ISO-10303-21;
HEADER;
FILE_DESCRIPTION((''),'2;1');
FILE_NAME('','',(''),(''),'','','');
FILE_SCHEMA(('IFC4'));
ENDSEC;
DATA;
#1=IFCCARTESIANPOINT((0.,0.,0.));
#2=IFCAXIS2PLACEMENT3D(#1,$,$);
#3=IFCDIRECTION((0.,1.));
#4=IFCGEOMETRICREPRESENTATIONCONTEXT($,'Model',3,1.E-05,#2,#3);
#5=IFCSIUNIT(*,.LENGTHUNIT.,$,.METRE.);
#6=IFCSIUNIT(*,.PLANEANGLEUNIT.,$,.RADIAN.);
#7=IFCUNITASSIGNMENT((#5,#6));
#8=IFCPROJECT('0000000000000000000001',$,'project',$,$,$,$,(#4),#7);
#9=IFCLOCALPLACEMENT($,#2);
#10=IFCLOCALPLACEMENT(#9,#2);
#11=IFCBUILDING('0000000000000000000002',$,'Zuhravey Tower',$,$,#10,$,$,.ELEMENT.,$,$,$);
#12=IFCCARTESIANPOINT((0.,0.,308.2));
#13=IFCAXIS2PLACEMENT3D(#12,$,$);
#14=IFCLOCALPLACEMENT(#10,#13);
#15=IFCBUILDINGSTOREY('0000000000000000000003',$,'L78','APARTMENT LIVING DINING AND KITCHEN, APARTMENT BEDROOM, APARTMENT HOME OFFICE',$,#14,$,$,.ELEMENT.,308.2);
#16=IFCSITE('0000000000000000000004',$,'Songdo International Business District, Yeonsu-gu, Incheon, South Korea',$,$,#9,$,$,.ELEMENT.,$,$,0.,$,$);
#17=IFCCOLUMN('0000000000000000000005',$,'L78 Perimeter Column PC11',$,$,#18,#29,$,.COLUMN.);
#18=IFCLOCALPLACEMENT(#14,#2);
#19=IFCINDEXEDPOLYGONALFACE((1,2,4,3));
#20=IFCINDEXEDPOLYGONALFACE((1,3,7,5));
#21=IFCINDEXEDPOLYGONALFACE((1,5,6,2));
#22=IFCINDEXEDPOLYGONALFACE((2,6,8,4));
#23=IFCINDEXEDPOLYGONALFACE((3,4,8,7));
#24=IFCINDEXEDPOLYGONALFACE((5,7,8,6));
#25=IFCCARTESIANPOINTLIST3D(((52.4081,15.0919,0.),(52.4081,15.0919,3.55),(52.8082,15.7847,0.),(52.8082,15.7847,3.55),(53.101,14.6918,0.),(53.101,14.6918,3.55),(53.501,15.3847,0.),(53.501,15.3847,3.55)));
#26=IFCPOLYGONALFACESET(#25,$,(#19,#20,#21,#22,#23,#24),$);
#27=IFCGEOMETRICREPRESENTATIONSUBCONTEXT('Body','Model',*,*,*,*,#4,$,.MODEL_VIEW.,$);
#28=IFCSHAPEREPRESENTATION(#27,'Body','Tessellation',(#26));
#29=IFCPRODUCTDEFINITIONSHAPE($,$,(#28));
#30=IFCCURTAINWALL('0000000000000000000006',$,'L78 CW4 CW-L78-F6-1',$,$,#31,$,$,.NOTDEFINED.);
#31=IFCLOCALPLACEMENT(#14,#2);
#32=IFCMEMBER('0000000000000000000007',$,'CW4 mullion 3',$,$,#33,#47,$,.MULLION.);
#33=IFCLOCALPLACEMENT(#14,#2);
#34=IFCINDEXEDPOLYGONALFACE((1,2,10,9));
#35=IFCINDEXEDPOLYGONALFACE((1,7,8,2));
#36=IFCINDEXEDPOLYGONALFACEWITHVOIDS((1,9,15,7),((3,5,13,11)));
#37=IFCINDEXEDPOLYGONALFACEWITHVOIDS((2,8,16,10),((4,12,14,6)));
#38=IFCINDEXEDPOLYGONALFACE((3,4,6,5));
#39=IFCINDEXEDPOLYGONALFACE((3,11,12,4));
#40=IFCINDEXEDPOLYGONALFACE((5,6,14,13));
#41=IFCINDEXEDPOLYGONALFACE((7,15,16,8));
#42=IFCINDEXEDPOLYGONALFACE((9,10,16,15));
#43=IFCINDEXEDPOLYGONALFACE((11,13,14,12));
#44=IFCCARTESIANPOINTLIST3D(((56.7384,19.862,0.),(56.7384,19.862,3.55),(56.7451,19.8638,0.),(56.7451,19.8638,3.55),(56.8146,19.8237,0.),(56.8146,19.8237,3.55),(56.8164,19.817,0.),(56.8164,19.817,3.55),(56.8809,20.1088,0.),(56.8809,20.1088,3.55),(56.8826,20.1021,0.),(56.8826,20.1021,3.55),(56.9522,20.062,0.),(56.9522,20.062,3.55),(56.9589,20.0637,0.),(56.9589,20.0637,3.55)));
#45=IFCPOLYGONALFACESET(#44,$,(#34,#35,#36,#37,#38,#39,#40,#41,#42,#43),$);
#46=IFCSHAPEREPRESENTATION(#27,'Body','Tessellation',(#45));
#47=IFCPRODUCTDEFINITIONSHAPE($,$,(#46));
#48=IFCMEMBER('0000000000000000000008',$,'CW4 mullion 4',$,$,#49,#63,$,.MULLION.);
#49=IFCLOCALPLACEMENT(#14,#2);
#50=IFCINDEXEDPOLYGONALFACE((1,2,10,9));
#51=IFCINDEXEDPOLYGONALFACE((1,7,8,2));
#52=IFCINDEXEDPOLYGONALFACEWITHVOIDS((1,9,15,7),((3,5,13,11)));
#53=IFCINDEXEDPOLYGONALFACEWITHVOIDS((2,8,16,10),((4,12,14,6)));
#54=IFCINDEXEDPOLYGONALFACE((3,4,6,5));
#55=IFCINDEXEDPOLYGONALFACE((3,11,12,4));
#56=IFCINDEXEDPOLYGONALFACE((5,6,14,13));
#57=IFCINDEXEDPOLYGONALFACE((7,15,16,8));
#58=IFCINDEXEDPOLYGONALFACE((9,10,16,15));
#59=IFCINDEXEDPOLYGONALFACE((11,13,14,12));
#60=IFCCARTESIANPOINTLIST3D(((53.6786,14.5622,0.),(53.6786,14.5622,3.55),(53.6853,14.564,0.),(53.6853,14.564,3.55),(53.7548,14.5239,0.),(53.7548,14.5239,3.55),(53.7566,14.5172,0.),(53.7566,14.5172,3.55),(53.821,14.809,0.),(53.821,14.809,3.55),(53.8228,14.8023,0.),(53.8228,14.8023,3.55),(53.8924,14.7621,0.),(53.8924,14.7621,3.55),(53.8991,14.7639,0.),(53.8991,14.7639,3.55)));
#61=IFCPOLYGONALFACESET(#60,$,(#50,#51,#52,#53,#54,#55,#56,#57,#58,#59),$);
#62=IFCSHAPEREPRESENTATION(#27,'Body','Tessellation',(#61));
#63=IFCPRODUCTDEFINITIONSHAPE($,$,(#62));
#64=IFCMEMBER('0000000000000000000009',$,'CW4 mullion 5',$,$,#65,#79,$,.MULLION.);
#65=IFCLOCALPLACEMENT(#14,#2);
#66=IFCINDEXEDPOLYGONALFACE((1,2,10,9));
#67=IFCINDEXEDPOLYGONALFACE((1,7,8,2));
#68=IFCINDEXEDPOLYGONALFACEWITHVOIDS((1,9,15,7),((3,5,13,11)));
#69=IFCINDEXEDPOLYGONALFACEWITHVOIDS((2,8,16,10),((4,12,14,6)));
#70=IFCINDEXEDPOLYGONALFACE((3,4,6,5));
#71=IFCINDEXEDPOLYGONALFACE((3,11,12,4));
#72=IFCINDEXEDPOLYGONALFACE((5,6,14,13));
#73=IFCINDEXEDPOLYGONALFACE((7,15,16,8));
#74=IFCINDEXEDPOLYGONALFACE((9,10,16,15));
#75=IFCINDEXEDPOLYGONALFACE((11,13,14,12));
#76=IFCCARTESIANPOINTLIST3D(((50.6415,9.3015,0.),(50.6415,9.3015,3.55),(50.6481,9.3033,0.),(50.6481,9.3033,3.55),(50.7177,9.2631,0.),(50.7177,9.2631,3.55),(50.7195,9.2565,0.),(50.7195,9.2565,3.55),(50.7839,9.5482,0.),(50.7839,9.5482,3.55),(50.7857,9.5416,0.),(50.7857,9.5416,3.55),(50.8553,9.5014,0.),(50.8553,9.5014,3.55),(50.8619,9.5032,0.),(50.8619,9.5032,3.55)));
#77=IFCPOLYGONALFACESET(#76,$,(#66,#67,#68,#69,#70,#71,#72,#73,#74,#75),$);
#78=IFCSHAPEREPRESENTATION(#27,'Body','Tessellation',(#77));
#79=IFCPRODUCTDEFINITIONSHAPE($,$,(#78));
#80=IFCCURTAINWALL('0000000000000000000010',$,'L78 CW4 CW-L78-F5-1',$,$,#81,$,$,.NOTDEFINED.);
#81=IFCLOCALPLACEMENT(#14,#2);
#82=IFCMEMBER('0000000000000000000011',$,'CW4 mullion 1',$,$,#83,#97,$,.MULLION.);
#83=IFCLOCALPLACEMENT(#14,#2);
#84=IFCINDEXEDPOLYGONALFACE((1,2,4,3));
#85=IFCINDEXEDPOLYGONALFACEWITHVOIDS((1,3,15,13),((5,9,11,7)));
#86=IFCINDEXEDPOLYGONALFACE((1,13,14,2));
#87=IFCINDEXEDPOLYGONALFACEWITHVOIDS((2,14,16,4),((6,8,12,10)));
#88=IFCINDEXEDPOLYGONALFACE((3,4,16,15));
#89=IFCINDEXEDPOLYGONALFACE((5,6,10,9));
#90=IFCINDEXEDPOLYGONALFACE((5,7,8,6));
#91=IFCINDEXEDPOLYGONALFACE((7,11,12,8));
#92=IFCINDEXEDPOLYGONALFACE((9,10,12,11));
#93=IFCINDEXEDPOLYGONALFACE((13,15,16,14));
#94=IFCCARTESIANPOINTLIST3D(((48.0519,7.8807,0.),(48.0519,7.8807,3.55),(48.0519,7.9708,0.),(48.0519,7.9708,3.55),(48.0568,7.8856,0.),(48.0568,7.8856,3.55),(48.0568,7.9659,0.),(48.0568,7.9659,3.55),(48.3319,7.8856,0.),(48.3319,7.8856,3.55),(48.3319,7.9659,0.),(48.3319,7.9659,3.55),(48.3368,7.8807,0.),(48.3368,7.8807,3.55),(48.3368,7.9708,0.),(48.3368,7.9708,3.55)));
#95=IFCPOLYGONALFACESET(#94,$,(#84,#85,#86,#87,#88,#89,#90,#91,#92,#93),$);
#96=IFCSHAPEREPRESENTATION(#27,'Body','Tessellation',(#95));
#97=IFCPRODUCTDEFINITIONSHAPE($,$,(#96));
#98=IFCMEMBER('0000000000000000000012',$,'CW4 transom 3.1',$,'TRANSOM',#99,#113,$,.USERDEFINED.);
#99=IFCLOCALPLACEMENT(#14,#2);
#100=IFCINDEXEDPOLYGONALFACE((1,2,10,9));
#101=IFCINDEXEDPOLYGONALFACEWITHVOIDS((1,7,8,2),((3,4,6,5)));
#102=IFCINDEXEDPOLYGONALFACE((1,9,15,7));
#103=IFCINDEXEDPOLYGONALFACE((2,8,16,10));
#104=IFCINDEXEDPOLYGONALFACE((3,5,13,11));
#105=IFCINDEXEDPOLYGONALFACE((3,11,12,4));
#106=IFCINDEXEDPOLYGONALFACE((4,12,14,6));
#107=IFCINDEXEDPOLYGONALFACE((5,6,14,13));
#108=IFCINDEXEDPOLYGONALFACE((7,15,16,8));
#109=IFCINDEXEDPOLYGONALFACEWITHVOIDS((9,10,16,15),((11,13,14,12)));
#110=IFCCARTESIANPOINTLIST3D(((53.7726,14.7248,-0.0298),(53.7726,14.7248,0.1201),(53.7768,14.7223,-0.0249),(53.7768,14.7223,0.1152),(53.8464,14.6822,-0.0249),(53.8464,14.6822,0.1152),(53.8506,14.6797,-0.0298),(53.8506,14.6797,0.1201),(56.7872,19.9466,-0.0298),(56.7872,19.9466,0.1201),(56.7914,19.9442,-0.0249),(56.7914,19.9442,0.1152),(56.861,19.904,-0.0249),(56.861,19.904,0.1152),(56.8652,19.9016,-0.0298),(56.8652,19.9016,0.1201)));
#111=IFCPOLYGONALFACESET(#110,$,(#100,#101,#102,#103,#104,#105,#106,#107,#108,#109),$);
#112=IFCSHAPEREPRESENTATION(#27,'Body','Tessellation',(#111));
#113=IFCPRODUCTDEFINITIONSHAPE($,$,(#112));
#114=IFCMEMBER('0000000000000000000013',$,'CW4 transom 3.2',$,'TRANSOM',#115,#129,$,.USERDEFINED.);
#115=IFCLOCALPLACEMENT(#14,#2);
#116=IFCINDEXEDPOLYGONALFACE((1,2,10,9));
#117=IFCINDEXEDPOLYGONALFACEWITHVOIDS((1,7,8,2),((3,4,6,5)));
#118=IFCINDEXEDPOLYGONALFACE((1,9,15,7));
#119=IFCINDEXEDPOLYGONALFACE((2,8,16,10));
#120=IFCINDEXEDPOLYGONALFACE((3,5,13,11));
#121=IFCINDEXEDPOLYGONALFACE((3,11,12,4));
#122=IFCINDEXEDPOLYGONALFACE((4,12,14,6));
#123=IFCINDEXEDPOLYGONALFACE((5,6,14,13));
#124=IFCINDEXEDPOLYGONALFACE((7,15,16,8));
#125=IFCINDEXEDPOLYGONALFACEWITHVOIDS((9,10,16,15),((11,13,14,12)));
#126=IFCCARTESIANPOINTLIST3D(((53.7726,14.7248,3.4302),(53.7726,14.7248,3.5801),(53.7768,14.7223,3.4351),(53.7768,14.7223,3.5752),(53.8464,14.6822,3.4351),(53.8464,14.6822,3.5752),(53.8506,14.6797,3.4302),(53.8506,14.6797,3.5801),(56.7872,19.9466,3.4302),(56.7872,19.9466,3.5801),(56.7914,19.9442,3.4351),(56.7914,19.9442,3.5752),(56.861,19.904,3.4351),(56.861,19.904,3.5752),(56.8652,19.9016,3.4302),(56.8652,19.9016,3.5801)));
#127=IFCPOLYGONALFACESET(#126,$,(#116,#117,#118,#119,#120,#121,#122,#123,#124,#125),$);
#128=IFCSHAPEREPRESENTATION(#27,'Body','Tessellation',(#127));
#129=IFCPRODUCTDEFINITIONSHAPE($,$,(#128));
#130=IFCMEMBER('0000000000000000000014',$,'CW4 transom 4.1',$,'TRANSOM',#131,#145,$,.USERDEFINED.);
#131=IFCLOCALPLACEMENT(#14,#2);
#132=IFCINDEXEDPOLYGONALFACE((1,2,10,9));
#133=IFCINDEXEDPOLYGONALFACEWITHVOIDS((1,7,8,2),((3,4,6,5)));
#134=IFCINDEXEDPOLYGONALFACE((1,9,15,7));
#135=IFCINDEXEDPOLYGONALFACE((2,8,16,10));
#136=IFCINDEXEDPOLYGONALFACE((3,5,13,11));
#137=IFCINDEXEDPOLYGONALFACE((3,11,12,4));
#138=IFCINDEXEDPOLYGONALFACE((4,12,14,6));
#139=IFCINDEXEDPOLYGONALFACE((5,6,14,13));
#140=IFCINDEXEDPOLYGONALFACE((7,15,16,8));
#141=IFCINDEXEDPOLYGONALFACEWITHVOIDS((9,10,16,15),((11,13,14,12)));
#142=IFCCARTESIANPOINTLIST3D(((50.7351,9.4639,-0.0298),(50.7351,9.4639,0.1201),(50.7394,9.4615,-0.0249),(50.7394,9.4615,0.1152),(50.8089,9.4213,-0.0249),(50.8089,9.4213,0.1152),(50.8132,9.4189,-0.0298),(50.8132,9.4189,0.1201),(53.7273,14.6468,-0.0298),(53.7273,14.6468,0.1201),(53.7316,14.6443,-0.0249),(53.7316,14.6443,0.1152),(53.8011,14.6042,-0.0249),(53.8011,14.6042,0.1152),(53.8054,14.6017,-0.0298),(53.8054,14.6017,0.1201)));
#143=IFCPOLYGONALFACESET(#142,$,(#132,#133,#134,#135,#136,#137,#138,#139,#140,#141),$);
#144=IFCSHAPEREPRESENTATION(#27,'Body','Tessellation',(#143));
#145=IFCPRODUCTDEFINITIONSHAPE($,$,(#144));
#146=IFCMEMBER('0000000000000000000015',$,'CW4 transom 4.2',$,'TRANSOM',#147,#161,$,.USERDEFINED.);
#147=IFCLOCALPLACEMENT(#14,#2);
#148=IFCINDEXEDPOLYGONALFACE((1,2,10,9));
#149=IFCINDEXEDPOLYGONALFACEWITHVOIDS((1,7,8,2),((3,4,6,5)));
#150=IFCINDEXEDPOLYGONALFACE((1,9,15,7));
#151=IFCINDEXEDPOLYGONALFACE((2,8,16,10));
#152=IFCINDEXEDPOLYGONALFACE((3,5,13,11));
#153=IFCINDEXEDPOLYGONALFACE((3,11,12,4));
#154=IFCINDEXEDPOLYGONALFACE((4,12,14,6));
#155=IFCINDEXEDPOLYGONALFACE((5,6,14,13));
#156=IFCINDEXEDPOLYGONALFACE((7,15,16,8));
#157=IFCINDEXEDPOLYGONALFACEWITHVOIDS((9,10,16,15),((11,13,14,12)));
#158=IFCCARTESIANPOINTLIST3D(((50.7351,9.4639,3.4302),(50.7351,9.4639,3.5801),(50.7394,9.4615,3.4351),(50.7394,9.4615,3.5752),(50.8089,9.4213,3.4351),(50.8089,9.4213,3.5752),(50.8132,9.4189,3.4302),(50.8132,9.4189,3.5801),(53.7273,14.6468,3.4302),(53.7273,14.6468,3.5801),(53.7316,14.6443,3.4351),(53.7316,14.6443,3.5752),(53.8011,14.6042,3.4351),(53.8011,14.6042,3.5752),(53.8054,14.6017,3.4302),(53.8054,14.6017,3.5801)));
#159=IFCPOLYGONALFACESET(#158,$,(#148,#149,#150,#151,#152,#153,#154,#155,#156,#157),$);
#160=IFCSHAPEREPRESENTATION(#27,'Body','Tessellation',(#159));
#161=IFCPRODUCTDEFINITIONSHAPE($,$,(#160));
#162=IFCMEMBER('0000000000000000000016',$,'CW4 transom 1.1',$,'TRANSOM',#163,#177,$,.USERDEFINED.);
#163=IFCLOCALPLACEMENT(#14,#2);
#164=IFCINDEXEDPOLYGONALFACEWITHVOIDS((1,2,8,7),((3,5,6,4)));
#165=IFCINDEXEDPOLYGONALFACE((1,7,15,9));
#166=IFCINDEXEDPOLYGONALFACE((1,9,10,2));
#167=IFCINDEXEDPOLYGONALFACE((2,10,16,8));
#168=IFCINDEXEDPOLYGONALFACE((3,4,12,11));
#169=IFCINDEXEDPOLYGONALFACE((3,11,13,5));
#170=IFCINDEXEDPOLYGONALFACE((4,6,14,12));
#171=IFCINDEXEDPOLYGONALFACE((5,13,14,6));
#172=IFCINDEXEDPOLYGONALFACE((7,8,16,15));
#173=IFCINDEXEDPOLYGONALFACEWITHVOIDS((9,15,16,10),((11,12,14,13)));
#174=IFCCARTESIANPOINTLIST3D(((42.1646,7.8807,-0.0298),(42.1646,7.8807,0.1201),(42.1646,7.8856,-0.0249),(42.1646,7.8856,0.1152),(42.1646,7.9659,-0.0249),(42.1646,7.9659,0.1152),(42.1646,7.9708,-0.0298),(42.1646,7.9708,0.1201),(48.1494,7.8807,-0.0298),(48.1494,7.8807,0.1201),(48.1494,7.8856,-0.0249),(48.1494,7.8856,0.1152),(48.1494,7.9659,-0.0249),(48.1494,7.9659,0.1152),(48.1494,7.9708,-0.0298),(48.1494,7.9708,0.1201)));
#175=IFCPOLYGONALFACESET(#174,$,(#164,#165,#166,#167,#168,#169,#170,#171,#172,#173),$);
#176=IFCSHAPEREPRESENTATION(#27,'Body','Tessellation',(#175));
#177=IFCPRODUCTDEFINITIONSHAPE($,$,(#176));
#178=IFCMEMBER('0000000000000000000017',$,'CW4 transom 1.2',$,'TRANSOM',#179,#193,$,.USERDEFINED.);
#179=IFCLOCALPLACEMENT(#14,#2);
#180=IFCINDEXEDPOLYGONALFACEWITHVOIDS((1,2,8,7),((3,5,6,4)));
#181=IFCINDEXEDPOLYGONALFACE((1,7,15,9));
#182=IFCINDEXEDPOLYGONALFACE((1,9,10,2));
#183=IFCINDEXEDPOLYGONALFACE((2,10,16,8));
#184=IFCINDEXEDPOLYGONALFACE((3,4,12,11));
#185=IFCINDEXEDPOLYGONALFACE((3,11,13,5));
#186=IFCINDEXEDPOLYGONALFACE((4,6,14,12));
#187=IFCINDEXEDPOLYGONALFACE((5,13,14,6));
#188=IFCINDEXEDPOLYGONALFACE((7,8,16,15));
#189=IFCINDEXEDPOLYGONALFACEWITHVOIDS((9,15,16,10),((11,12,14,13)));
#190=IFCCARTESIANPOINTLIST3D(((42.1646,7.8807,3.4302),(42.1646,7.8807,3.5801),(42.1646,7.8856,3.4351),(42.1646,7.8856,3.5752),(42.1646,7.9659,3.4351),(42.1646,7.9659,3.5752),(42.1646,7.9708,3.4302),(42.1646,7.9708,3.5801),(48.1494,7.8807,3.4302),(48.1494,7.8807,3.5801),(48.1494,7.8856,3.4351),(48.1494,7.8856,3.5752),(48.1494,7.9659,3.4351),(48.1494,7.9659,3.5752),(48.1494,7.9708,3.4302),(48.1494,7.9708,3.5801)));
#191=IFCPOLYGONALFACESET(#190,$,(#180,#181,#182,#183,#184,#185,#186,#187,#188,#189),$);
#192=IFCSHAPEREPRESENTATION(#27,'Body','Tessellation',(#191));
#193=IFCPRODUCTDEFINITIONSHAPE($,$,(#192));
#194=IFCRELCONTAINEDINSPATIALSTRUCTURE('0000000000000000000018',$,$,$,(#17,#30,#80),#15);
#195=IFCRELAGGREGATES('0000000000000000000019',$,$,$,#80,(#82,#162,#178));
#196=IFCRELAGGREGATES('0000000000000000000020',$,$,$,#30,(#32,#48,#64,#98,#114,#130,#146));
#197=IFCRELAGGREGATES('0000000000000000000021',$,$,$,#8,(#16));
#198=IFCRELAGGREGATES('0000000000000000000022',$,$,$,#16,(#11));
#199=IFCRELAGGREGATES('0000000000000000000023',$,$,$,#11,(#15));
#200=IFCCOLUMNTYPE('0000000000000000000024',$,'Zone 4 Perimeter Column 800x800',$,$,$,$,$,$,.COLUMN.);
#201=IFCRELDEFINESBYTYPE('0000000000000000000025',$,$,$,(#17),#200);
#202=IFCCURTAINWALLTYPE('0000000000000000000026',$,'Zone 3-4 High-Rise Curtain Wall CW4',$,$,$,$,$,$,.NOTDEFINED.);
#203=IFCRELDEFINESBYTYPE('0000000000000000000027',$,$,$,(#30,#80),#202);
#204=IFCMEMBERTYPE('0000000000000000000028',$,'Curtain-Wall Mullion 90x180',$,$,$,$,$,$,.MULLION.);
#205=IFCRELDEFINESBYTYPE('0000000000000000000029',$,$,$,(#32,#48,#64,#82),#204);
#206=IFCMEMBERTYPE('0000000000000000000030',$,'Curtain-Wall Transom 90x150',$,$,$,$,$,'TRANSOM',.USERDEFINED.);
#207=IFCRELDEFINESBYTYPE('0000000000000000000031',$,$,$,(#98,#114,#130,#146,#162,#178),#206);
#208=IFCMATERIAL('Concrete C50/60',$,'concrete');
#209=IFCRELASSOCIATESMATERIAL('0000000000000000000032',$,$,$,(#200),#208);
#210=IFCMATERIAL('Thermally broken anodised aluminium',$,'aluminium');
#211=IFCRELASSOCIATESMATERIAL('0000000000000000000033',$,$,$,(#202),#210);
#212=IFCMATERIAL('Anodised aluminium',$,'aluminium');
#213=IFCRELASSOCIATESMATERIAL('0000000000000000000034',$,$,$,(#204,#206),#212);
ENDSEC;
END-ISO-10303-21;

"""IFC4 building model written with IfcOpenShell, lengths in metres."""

from ifc_helpers import new_model, si_unit, direction, frame, origin, origin_2d, place, context, subcontext, project, spatial, rectangle, hollow_rectangle, extrude, material, material_profile, profile_set, type_object, element, aggregate, save


model = new_model("IFC4")

# Units and contexts
model_context = context("Model", 3, precision=1e-05, world=origin(), true_north=direction((0.0, 1.0)))
body_context = subcontext(model_context, "Body", "Model", "MODEL_VIEW")
ifc_project = project(units=[si_unit("LENGTHUNIT", "METRE"), si_unit("PLANEANGLEUNIT", "RADIAN")], contexts=[model_context])

# Site, building, storey
site_placement = place(None, origin())
site = spatial("IfcSite", under=ifc_project, at=site_placement, Name="Songdo International Business District, Yeonsu-gu, Incheon, South Korea", CompositionType="ELEMENT", RefElevation=0.0)
building_placement = place(site_placement, origin())
building = spatial("IfcBuilding", under=site, at=building_placement, Name="Zuhravey Tower", CompositionType="ELEMENT")
storey_placement = place(building_placement, frame((0.0, 0.0, 308.2)))
storey = spatial("IfcBuildingStorey", under=building, at=storey_placement, Name="L78", Description="APARTMENT LIVING DINING AND KITCHEN, APARTMENT BEDROOM, APARTMENT HOME OFFICE", CompositionType="ELEMENT", Elevation=308.2)

# Column
ifc_material_1 = material(Name="Concrete C50/60", Category="concrete")
ifc_material_profile_1 = material_profile(ifc_material_1, rectangle(XDim=0.8, YDim=0.8, at=origin_2d()), Name="RC-800x800")
ifc_profile_set_1 = profile_set([ifc_material_profile_1], Name="Concrete C50/60")
column_type = type_object("IfcColumnType", Name="Zone 4 Perimeter Column 800x800", PredefinedType="COLUMN", material=ifc_profile_set_1)
column_placement = place(storey_placement, frame((52.9546, 15.2383, 0.0), z_axis=(0.0, 0.0, 1.0), x_axis=(0.5, 0.866025, 0.0)))
element("IfcColumn", 1, at=column_placement, inside=storey, type_object=column_type, Name="L78 Perimeter Column PC11", PredefinedType="COLUMN", context=body_context, shape_type="SweptSolid", body=[
    extrude(rectangle(XDim=0.8, YDim=0.8, at=origin_2d()), origin(), (0.0, 0.0, 1.0), 3.55),
])

# Curtain wall, members
ifc_material_2 = material(Name="Thermally broken anodised aluminium", Category="aluminium")
curtain_wall_type = type_object("IfcCurtainWallType", Name="Zone 3-4 High-Rise Curtain Wall CW4", PredefinedType="NOTDEFINED", material=ifc_material_2)
curtain_wall_1_placement = place(storey_placement, origin())
curtain_wall_1 = element("IfcCurtainWall", 2, at=curtain_wall_1_placement, inside=storey, type_object=curtain_wall_type, Name="L78 CW4 CW-L78-F6-1", PredefinedType="NOTDEFINED")
ifc_material_3 = material(Name="Anodised aluminium", Category="aluminium")
ifc_material_profile_2 = material_profile(ifc_material_3, hollow_rectangle(XDim=0.0901, YDim=0.2849, WallThickness=0.0049, at=origin_2d()), Name="ALU-RHS-90x285x5")
ifc_profile_set_2 = profile_set([ifc_material_profile_2], Name="Anodised aluminium")
member_type_1 = type_object("IfcMemberType", Name="Curtain-Wall Mullion 90x180", PredefinedType="MULLION", material=ifc_profile_set_2)
member_1_placement = place(storey_placement, frame((56.8486, 19.9629, 0.0), z_axis=(0.0, 0.0, 1.0), x_axis=(0.866026, -0.5, 0.0)))
member_1 = element("IfcMember", 3, at=member_1_placement, type_object=member_type_1, Name="CW4 mullion 3", PredefinedType="MULLION", context=body_context, shape_type="SweptSolid", body=[
    extrude(hollow_rectangle(XDim=0.0901, YDim=0.2849, WallThickness=0.0049, at=origin_2d()), origin(), (0.0, 0.0, 1.0), 3.55),
])
member_2_placement = place(storey_placement, frame((53.7888, 14.6631, 0.0), z_axis=(0.0, 0.0, 1.0), x_axis=(0.866026, -0.5, 0.0)))
member_2 = element("IfcMember", 4, at=member_2_placement, type_object=member_type_1, Name="CW4 mullion 4", PredefinedType="MULLION", context=body_context, shape_type="SweptSolid", body=[
    extrude(hollow_rectangle(XDim=0.0901, YDim=0.2849, WallThickness=0.0049, at=origin_2d()), origin(), (0.0, 0.0, 1.0), 3.55),
])
member_3_placement = place(storey_placement, frame((50.7517, 9.4023, 0.0), z_axis=(0.0, 0.0, 1.0), x_axis=(0.866026, -0.5, 0.0)))
member_3 = element("IfcMember", 5, at=member_3_placement, type_object=member_type_1, Name="CW4 mullion 5", PredefinedType="MULLION", context=body_context, shape_type="SweptSolid", body=[
    extrude(hollow_rectangle(XDim=0.0901, YDim=0.2849, WallThickness=0.0049, at=origin_2d()), origin(), (0.0, 0.0, 1.0), 3.55),
])

# Curtain wall, member
curtain_wall_2_placement = place(storey_placement, origin())
curtain_wall_2 = element("IfcCurtainWall", 6, at=curtain_wall_2_placement, inside=storey, type_object=curtain_wall_type, Name="L78 CW4 CW-L78-F5-1", PredefinedType="NOTDEFINED")
member_4_placement = place(storey_placement, frame((48.1943, 7.9258, 0.0), z_axis=(0.0, 0.0, 1.0), x_axis=(0.0, -1.0, 0.0)))
member_4 = element("IfcMember", 7, at=member_4_placement, type_object=member_type_1, Name="CW4 mullion 1", PredefinedType="MULLION", context=body_context, shape_type="SweptSolid", body=[
    extrude(hollow_rectangle(XDim=0.0901, YDim=0.2849, WallThickness=0.0049, at=origin_2d()), origin(), (0.0, 0.0, 1.0), 3.55),
])

# Members
ifc_material_profile_3 = material_profile(ifc_material_3, hollow_rectangle(XDim=0.0901, YDim=0.1499, WallThickness=0.0049, at=origin_2d()), Name="ALU-RHS-90x150x5")
ifc_profile_set_3 = profile_set([ifc_material_profile_3], Name="Anodised aluminium")
member_type_2 = type_object("IfcMemberType", Name="Curtain-Wall Transom 90x150", ElementType="TRANSOM", PredefinedType="USERDEFINED", material=ifc_profile_set_3)
member_5_placement = place(storey_placement, frame((56.8262, 19.9241, 0.0452), z_axis=(-0.499971, -0.866042, 0.0), x_axis=(0.866042, -0.499971, 0.0)))
member_5 = element("IfcMember", 8, at=member_5_placement, type_object=member_type_2, Name="CW4 transom 3.1", ObjectType="TRANSOM", PredefinedType="USERDEFINED", context=body_context, shape_type="SweptSolid", body=[
    extrude(hollow_rectangle(XDim=0.0901, YDim=0.1499, WallThickness=0.0049, at=origin_2d()), origin(), (0.0, 0.0, 1.0), 6.0295),
])
member_6_placement = place(storey_placement, frame((56.8262, 19.9241, 3.5051), z_axis=(-0.499971, -0.866042, 0.0), x_axis=(0.866042, -0.499971, 0.0)))
member_6 = element("IfcMember", 9, at=member_6_placement, type_object=member_type_2, Name="CW4 transom 3.2", ObjectType="TRANSOM", PredefinedType="USERDEFINED", context=body_context, shape_type="SweptSolid", body=[
    extrude(hollow_rectangle(XDim=0.0901, YDim=0.1499, WallThickness=0.0049, at=origin_2d()), origin(), (0.0, 0.0, 1.0), 6.0295),
])
member_7_placement = place(storey_placement, frame((53.7664, 14.6243, 0.0452), z_axis=(-0.499983, -0.866035, 0.0), x_axis=(0.866035, -0.499983, 0.0)))
member_7 = element("IfcMember", 10, at=member_7_placement, type_object=member_type_2, Name="CW4 transom 4.1", ObjectType="TRANSOM", PredefinedType="USERDEFINED", context=body_context, shape_type="SweptSolid", body=[
    extrude(hollow_rectangle(XDim=0.0901, YDim=0.1499, WallThickness=0.0049, at=origin_2d()), origin(), (0.0, 0.0, 1.0), 5.9846),
])
member_8_placement = place(storey_placement, frame((53.7664, 14.6243, 3.5051), z_axis=(-0.499983, -0.866035, 0.0), x_axis=(0.866035, -0.499983, 0.0)))
member_8 = element("IfcMember", 11, at=member_8_placement, type_object=member_type_2, Name="CW4 transom 4.2", ObjectType="TRANSOM", PredefinedType="USERDEFINED", context=body_context, shape_type="SweptSolid", body=[
    extrude(hollow_rectangle(XDim=0.0901, YDim=0.1499, WallThickness=0.0049, at=origin_2d()), origin(), (0.0, 0.0, 1.0), 5.9846),
])
member_9_placement = place(storey_placement, frame((48.1494, 7.9258, 0.0452), z_axis=(-1.0, 0.0, 0.0), x_axis=(0.0, -1.0, 0.0)))
member_9 = element("IfcMember", 12, at=member_9_placement, type_object=member_type_2, Name="CW4 transom 1.1", ObjectType="TRANSOM", PredefinedType="USERDEFINED", context=body_context, shape_type="SweptSolid", body=[
    extrude(hollow_rectangle(XDim=0.0901, YDim=0.1499, WallThickness=0.0049, at=origin_2d()), origin(), (0.0, 0.0, 1.0), 5.9849),
])
member_10_placement = place(storey_placement, frame((48.1494, 7.9258, 3.5051), z_axis=(-1.0, 0.0, 0.0), x_axis=(0.0, -1.0, 0.0)))
member_10 = element("IfcMember", 13, at=member_10_placement, type_object=member_type_2, Name="CW4 transom 1.2", ObjectType="TRANSOM", PredefinedType="USERDEFINED", context=body_context, shape_type="SweptSolid", body=[
    extrude(hollow_rectangle(XDim=0.0901, YDim=0.1499, WallThickness=0.0049, at=origin_2d()), origin(), (0.0, 0.0, 1.0), 5.9849),
])
aggregate(curtain_wall_2, [member_4, member_9, member_10])

aggregate(curtain_wall_1, [member_1, member_2, member_3, member_5, member_6, member_7, member_8])

save(model, "model.ifc")
